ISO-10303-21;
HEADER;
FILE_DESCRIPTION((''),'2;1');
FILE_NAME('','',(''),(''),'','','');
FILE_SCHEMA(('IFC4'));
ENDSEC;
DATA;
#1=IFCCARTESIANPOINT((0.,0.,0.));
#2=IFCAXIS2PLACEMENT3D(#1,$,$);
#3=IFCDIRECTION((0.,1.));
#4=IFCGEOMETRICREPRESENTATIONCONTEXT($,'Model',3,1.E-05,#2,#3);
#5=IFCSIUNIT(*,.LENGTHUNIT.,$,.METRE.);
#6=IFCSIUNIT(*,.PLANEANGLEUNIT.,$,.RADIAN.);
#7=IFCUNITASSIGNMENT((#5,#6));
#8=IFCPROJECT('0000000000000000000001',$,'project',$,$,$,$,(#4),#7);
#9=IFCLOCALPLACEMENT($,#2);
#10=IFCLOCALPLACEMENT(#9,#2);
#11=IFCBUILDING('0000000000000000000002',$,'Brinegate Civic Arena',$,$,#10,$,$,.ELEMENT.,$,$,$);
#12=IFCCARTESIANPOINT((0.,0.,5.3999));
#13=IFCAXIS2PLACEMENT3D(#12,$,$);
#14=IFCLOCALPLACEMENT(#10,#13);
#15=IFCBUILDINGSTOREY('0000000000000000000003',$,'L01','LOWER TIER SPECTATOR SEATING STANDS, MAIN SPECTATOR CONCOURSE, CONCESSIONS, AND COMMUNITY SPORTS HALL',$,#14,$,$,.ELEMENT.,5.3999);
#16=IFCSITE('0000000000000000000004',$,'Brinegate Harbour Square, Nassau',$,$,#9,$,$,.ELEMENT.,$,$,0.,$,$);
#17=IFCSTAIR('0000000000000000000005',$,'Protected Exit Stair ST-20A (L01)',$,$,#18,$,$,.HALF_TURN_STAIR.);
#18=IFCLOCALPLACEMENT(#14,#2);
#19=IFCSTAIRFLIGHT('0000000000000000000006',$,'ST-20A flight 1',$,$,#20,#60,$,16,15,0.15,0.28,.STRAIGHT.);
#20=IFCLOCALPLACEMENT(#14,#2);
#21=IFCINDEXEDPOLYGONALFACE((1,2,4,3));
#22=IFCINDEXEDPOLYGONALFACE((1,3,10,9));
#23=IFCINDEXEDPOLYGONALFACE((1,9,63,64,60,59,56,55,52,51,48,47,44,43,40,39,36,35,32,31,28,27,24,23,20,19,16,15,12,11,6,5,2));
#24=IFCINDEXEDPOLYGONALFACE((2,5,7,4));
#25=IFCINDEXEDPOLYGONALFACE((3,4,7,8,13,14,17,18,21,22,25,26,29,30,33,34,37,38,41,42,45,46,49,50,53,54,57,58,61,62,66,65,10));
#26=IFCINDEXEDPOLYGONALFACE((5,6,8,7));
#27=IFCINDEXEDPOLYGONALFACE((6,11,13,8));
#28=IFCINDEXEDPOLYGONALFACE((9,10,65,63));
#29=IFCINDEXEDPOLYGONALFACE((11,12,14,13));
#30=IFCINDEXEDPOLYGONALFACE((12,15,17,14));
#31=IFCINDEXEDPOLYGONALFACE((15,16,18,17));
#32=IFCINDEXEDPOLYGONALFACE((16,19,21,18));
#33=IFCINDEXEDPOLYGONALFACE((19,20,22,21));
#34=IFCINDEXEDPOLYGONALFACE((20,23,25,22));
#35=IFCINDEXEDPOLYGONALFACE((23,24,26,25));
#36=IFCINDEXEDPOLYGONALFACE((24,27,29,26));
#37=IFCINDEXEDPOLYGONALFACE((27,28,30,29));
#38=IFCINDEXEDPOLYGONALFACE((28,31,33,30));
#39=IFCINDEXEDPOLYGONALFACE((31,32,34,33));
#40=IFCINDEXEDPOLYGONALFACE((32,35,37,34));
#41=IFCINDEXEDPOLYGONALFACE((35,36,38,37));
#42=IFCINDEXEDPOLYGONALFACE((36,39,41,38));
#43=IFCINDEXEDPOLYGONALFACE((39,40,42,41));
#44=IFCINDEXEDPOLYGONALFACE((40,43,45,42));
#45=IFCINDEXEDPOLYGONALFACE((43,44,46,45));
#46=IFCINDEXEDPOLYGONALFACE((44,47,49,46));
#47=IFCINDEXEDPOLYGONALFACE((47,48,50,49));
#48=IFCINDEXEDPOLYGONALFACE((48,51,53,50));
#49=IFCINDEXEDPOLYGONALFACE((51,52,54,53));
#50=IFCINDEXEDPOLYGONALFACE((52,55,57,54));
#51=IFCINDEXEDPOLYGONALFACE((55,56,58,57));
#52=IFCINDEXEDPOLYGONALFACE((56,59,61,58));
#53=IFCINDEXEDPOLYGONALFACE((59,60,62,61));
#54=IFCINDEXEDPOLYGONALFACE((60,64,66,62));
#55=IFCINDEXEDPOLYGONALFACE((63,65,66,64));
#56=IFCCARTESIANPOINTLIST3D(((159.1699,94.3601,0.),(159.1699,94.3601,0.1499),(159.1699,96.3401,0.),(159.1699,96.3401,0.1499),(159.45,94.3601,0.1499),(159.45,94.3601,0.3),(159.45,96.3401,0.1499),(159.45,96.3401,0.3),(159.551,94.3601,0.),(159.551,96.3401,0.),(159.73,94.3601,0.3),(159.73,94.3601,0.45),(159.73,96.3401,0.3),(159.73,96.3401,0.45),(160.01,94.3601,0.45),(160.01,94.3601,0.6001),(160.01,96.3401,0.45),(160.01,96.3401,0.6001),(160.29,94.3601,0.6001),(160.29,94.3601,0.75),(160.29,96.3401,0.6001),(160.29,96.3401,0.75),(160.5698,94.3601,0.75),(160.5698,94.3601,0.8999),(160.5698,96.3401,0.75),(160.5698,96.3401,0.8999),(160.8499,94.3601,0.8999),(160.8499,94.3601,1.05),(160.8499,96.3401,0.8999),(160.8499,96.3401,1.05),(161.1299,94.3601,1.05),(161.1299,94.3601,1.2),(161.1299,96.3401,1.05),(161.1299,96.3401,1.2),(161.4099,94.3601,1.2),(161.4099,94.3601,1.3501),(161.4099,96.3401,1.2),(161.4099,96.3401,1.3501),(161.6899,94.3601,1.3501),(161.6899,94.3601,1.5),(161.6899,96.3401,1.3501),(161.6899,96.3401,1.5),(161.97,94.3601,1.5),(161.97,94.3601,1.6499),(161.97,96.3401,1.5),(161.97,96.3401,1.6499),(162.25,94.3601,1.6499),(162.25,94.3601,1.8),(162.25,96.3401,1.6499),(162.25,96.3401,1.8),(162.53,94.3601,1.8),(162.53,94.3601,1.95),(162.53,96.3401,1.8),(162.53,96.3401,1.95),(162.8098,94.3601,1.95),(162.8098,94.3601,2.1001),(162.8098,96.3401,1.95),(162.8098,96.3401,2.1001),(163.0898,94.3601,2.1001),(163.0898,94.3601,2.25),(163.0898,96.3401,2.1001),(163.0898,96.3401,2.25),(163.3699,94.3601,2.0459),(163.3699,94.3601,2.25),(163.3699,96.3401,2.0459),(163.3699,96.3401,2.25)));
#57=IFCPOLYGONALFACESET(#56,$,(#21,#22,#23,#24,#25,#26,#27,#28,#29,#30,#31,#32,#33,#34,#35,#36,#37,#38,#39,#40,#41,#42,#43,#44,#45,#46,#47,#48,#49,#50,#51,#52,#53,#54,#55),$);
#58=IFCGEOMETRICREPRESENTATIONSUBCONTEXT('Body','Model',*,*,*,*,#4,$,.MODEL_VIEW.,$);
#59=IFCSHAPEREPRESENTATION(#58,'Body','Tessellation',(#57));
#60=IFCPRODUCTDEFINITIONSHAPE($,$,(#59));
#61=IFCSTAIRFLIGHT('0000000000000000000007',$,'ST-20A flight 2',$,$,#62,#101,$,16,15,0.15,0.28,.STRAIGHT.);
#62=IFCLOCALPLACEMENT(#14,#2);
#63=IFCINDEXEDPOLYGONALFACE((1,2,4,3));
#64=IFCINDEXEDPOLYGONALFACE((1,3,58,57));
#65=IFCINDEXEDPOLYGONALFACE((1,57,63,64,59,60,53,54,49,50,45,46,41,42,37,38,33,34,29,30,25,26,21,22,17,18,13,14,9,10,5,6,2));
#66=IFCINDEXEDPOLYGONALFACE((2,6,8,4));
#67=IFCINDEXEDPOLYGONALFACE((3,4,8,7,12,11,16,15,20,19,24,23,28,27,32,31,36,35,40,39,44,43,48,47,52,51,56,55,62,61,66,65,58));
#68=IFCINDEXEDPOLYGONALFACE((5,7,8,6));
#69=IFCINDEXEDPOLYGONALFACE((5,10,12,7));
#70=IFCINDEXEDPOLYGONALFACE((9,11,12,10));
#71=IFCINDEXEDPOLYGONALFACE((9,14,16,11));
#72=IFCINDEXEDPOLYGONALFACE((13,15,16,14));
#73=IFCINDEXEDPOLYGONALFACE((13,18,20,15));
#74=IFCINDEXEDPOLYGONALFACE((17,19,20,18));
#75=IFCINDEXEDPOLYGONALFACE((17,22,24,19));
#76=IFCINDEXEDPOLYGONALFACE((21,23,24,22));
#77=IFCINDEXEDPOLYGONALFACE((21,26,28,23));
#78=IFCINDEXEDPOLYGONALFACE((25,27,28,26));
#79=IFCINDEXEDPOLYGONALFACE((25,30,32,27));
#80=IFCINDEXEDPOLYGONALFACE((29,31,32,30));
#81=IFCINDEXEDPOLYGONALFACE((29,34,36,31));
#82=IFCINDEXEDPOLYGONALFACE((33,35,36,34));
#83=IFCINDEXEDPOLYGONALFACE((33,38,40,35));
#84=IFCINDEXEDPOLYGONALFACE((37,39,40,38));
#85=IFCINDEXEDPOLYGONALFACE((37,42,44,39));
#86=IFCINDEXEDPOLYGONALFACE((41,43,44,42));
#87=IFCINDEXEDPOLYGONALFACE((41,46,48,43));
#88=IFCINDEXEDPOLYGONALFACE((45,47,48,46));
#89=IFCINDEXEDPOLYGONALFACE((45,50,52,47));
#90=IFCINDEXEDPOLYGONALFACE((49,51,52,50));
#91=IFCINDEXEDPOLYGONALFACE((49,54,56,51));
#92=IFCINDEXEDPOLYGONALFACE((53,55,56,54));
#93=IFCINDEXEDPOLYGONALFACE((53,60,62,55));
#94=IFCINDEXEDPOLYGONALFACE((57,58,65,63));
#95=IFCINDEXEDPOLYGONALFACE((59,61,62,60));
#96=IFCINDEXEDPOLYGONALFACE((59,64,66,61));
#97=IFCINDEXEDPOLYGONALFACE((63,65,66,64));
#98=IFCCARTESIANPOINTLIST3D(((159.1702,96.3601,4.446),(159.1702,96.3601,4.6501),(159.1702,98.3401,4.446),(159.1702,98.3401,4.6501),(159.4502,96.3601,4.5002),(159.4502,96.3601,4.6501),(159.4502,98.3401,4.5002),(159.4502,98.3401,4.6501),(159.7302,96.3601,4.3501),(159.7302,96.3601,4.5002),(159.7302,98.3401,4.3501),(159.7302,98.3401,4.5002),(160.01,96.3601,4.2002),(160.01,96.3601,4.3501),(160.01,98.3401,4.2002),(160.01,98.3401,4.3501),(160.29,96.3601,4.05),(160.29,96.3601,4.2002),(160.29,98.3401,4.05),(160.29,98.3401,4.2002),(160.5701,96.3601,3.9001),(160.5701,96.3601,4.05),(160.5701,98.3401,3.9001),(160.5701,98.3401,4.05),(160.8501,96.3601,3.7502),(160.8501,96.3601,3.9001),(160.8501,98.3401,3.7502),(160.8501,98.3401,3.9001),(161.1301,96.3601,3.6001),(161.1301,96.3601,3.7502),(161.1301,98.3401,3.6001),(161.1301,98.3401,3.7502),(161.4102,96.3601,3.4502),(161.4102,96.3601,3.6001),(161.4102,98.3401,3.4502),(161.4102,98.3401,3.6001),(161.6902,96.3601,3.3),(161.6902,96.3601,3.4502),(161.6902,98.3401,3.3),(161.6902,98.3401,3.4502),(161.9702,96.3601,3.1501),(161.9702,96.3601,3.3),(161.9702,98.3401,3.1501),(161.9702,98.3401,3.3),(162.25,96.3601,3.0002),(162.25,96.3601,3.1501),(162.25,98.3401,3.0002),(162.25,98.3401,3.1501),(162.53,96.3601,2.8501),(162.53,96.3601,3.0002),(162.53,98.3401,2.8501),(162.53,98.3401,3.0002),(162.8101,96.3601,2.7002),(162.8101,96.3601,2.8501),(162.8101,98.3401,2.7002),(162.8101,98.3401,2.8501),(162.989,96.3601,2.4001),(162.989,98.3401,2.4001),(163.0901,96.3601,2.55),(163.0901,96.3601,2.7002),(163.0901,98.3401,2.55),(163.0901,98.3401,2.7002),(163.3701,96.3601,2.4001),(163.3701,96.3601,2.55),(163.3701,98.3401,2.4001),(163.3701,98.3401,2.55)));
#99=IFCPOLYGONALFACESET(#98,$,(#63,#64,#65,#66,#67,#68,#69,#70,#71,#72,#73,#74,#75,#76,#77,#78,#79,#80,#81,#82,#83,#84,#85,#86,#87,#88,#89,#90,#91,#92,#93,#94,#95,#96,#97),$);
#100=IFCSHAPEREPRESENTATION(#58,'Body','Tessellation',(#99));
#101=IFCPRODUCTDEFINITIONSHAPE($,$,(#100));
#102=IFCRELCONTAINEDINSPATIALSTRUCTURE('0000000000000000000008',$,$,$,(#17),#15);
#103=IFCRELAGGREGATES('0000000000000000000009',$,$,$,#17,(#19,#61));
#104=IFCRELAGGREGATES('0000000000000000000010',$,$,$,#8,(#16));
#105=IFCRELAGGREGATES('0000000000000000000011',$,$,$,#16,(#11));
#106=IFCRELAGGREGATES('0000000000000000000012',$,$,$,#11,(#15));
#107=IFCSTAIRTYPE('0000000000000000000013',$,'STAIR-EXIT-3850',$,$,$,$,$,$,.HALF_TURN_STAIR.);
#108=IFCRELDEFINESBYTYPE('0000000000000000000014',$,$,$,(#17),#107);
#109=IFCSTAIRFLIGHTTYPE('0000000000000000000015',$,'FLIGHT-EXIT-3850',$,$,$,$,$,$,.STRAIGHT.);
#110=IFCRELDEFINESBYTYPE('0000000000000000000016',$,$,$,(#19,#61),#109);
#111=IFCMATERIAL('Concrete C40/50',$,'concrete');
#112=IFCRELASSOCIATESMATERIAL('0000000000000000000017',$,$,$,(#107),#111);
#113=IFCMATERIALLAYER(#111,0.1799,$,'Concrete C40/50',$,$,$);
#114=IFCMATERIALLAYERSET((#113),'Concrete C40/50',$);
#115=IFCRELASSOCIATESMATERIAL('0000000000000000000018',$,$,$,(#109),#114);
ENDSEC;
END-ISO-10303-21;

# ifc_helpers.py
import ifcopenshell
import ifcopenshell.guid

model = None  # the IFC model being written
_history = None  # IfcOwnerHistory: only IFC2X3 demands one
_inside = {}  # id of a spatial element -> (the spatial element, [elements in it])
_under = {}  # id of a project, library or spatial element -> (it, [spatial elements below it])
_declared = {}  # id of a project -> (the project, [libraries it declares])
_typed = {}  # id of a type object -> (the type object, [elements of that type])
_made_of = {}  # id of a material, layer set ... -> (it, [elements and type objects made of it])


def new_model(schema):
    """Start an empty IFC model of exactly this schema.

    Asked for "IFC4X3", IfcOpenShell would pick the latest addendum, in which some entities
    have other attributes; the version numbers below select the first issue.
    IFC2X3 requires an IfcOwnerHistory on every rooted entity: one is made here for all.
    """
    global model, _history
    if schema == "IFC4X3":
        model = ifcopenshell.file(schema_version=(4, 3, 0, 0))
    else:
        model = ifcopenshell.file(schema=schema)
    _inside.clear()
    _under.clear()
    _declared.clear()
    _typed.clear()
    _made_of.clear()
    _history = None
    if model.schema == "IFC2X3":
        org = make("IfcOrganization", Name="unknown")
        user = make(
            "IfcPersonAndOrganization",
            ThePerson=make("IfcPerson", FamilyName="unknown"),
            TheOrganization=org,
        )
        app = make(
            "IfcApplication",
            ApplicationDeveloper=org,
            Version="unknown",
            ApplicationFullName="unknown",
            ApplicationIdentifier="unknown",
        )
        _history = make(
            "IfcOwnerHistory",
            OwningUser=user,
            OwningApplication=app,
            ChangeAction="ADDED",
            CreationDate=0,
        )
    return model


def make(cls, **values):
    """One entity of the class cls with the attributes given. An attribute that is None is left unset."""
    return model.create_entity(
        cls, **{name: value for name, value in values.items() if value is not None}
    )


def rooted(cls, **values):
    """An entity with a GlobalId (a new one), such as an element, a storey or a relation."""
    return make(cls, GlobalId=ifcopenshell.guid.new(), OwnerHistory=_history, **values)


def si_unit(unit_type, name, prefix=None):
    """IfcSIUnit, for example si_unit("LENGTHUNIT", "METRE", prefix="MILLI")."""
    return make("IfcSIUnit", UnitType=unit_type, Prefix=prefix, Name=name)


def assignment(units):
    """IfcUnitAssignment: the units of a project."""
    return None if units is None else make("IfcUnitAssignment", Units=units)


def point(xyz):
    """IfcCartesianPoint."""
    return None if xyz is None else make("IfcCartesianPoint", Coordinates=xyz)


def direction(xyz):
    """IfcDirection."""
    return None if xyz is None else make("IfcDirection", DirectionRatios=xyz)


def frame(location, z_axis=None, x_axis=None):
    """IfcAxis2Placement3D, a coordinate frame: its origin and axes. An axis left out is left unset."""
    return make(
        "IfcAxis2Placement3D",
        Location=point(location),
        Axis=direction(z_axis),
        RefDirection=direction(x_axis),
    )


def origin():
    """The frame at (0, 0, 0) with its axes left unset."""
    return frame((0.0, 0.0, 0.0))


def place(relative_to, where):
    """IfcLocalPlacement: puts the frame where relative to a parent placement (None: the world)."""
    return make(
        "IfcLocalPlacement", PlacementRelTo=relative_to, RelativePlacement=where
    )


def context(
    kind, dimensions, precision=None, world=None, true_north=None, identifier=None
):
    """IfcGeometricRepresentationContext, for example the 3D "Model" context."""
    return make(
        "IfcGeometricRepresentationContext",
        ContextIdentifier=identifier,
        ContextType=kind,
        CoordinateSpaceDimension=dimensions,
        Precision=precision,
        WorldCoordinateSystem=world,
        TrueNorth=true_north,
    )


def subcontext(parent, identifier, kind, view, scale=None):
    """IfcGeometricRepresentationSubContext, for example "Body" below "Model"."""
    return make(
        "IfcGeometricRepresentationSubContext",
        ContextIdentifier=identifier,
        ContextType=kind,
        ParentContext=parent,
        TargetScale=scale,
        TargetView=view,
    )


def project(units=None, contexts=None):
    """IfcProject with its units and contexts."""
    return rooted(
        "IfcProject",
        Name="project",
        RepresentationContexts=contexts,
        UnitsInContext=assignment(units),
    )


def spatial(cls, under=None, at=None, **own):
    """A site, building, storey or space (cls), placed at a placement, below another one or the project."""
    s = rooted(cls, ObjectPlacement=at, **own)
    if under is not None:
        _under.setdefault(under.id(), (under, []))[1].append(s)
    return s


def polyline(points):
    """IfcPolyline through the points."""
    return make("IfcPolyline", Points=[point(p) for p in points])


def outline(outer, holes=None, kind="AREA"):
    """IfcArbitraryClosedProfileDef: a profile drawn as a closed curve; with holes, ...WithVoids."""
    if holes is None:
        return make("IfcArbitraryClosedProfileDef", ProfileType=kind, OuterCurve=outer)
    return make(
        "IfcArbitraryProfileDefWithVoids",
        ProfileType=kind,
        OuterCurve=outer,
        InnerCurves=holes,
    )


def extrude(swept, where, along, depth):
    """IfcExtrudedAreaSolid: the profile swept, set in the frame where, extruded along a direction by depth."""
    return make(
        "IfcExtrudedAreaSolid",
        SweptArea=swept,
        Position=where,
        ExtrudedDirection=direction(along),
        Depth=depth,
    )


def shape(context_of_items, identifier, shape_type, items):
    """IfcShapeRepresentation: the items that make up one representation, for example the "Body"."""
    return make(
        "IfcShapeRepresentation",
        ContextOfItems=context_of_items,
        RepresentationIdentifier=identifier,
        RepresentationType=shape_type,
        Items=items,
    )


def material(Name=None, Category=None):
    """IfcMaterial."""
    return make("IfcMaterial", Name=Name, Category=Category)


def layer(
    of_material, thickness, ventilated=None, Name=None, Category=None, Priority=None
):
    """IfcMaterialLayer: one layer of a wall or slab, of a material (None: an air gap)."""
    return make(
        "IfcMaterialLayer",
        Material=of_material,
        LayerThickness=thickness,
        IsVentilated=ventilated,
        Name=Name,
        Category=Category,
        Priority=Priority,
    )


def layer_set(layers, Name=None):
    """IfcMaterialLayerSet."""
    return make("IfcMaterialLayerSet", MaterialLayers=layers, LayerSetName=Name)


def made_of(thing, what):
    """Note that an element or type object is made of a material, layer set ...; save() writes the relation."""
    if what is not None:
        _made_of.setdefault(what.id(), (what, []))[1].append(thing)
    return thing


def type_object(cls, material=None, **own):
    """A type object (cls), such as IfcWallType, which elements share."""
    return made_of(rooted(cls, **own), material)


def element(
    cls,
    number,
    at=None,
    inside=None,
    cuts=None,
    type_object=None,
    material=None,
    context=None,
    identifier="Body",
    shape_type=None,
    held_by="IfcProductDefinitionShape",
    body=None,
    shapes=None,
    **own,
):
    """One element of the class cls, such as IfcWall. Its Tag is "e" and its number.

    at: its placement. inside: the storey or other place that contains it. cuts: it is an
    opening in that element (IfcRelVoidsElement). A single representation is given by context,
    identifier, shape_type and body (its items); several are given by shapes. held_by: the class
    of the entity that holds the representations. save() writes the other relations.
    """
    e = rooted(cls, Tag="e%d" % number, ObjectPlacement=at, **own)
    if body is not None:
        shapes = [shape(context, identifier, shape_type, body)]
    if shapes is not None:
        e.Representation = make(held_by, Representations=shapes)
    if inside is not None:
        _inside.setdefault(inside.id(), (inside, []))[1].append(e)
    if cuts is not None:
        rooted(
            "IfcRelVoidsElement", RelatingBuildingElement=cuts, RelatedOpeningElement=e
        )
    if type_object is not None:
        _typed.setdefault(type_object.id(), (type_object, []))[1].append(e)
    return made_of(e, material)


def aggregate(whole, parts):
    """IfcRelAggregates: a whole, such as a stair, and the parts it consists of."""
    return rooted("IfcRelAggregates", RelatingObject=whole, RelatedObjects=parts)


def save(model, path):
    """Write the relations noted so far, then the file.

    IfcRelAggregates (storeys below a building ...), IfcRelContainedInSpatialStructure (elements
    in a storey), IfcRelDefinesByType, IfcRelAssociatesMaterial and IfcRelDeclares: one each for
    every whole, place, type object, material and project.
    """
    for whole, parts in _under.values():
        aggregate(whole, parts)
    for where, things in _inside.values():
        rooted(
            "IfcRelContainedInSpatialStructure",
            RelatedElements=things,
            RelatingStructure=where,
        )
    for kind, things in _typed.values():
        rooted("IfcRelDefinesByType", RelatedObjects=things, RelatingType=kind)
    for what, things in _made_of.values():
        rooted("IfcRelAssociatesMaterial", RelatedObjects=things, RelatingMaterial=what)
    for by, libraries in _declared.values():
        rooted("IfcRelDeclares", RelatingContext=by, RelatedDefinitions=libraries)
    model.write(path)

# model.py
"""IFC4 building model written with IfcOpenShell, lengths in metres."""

from ifc_helpers import new_model, si_unit, direction, frame, origin, place, context, subcontext, project, spatial, polyline, outline, extrude, material, layer, layer_set, type_object, element, aggregate, save


model = new_model("IFC4")

# Units and contexts
model_context = context("Model", 3, precision=1e-05, world=origin(), true_north=direction((0.0, 1.0)))
body_context = subcontext(model_context, "Body", "Model", "MODEL_VIEW")
ifc_project = project(units=[si_unit("LENGTHUNIT", "METRE"), si_unit("PLANEANGLEUNIT", "RADIAN")], contexts=[model_context])

# Site, building, storey
site_placement = place(None, origin())
site = spatial("IfcSite", under=ifc_project, at=site_placement, Name="Brinegate Harbour Square, Nassau", CompositionType="ELEMENT", RefElevation=0.0)
building_placement = place(site_placement, origin())
building = spatial("IfcBuilding", under=site, at=building_placement, Name="Brinegate Civic Arena", CompositionType="ELEMENT")
storey_placement = place(building_placement, frame((0.0, 0.0, 5.3999)))
storey = spatial("IfcBuildingStorey", under=building, at=storey_placement, Name="L01", Description="LOWER TIER SPECTATOR SEATING STANDS, MAIN SPECTATOR CONCOURSE, CONCESSIONS, AND COMMUNITY SPORTS HALL", CompositionType="ELEMENT", Elevation=5.3999)

# Stair, stair flights
ifc_material_1 = material(Name="Concrete C40/50", Category="concrete")
stair_type_1 = type_object("IfcStairType", Name="STAIR-EXIT-3850", PredefinedType="HALF_TURN_STAIR", material=ifc_material_1)
stair_1_placement = place(storey_placement, origin())
stair_1 = element("IfcStair", 1, at=stair_1_placement, inside=storey, type_object=stair_type_1, Name="Protected Exit Stair ST-20A (L01)", PredefinedType="HALF_TURN_STAIR")
ifc_layer_1 = layer(ifc_material_1, 0.1799, Name="Concrete C40/50")
ifc_layer_set_1 = layer_set([ifc_layer_1], Name="Concrete C40/50")
stair_flight_type_1 = type_object("IfcStairFlightType", Name="FLIGHT-EXIT-3850", PredefinedType="STRAIGHT", material=ifc_layer_set_1)
stair_flight_1_placement = place(storey_placement, frame((159.1699, 95.3501, 0.0), z_axis=(0.0, 0.0, 1.0), x_axis=(1.0, 0.0, 0.0)))
stair_flight_1 = element("IfcStairFlight", 2, at=stair_flight_1_placement, type_object=stair_flight_type_1, Name="ST-20A flight 1", NumberOfRisers=16, NumberOfTreads=15, PredefinedType="STRAIGHT", RiserHeight=0.15, TreadLength=0.28, context=body_context, shape_type="SweptSolid", body=[
    extrude(outline(polyline([(0.0, 0.0), (0.0, 0.1499), (0.28, 0.1499), (0.28, 0.3), (0.5601, 0.3), (0.5601, 0.45), (0.8401, 0.45), (0.8401, 0.6001), (1.1201, 0.6001), (1.1201, 0.75), (1.3999, 0.75), (1.3999, 0.8999), (1.6799, 0.8999), (1.6799, 1.05), (1.96, 1.05), (1.96, 1.2), (2.24, 1.2), (2.24, 1.3501), (2.52, 1.3501), (2.52, 1.5), (2.8, 1.5), (2.8, 1.6499), (3.0801, 1.6499), (3.0801, 1.8), (3.3601, 1.8), (3.3601, 1.95), (3.6399, 1.95), (3.6399, 2.1001), (3.9199, 2.1001), (3.9199, 2.25), (4.2, 2.25), (4.2, 2.3999), (4.2, 2.0459), (0.3811, 0.0), (0.0, 0.0)])), frame((0.0, 0.99, 0.0), z_axis=(0.0, -1.0, 0.0), x_axis=(1.0, 0.0, 0.0)), (0.0, 0.0, 1.0), 1.98),
])
stair_flight_2_placement = place(storey_placement, frame((163.3701, 97.3501, 2.4001), z_axis=(0.0, 0.0, 1.0), x_axis=(-1.0, 0.0, 0.0)))
stair_flight_2 = element("IfcStairFlight", 3, at=stair_flight_2_placement, type_object=stair_flight_type_1, Name="ST-20A flight 2", NumberOfRisers=16, NumberOfTreads=15, PredefinedType="STRAIGHT", RiserHeight=0.15, TreadLength=0.28, context=body_context, shape_type="SweptSolid", body=[
    extrude(outline(polyline([(0.0, 0.0), (0.0, 0.1499), (0.28, 0.1499), (0.28, 0.3), (0.5601, 0.3), (0.5601, 0.45), (0.8401, 0.45), (0.8401, 0.6001), (1.1201, 0.6001), (1.1201, 0.75), (1.3999, 0.75), (1.3999, 0.8999), (1.6799, 0.8999), (1.6799, 1.05), (1.96, 1.05), (1.96, 1.2), (2.24, 1.2), (2.24, 1.3501), (2.52, 1.3501), (2.52, 1.5), (2.8, 1.5), (2.8, 1.6499), (3.0801, 1.6499), (3.0801, 1.8), (3.3601, 1.8), (3.3601, 1.95), (3.6399, 1.95), (3.6399, 2.1001), (3.9199, 2.1001), (3.9199, 2.25), (4.2, 2.25), (4.2, 2.3999), (4.2, 2.0459), (0.3811, 0.0), (0.0, 0.0)])), frame((0.0, 0.99, 0.0), z_axis=(0.0, -1.0, 0.0), x_axis=(1.0, 0.0, 0.0)), (0.0, 0.0, 1.0), 1.98),
])
aggregate(stair_1, [stair_flight_1, stair_flight_2])

save(model, "model.ifc")
